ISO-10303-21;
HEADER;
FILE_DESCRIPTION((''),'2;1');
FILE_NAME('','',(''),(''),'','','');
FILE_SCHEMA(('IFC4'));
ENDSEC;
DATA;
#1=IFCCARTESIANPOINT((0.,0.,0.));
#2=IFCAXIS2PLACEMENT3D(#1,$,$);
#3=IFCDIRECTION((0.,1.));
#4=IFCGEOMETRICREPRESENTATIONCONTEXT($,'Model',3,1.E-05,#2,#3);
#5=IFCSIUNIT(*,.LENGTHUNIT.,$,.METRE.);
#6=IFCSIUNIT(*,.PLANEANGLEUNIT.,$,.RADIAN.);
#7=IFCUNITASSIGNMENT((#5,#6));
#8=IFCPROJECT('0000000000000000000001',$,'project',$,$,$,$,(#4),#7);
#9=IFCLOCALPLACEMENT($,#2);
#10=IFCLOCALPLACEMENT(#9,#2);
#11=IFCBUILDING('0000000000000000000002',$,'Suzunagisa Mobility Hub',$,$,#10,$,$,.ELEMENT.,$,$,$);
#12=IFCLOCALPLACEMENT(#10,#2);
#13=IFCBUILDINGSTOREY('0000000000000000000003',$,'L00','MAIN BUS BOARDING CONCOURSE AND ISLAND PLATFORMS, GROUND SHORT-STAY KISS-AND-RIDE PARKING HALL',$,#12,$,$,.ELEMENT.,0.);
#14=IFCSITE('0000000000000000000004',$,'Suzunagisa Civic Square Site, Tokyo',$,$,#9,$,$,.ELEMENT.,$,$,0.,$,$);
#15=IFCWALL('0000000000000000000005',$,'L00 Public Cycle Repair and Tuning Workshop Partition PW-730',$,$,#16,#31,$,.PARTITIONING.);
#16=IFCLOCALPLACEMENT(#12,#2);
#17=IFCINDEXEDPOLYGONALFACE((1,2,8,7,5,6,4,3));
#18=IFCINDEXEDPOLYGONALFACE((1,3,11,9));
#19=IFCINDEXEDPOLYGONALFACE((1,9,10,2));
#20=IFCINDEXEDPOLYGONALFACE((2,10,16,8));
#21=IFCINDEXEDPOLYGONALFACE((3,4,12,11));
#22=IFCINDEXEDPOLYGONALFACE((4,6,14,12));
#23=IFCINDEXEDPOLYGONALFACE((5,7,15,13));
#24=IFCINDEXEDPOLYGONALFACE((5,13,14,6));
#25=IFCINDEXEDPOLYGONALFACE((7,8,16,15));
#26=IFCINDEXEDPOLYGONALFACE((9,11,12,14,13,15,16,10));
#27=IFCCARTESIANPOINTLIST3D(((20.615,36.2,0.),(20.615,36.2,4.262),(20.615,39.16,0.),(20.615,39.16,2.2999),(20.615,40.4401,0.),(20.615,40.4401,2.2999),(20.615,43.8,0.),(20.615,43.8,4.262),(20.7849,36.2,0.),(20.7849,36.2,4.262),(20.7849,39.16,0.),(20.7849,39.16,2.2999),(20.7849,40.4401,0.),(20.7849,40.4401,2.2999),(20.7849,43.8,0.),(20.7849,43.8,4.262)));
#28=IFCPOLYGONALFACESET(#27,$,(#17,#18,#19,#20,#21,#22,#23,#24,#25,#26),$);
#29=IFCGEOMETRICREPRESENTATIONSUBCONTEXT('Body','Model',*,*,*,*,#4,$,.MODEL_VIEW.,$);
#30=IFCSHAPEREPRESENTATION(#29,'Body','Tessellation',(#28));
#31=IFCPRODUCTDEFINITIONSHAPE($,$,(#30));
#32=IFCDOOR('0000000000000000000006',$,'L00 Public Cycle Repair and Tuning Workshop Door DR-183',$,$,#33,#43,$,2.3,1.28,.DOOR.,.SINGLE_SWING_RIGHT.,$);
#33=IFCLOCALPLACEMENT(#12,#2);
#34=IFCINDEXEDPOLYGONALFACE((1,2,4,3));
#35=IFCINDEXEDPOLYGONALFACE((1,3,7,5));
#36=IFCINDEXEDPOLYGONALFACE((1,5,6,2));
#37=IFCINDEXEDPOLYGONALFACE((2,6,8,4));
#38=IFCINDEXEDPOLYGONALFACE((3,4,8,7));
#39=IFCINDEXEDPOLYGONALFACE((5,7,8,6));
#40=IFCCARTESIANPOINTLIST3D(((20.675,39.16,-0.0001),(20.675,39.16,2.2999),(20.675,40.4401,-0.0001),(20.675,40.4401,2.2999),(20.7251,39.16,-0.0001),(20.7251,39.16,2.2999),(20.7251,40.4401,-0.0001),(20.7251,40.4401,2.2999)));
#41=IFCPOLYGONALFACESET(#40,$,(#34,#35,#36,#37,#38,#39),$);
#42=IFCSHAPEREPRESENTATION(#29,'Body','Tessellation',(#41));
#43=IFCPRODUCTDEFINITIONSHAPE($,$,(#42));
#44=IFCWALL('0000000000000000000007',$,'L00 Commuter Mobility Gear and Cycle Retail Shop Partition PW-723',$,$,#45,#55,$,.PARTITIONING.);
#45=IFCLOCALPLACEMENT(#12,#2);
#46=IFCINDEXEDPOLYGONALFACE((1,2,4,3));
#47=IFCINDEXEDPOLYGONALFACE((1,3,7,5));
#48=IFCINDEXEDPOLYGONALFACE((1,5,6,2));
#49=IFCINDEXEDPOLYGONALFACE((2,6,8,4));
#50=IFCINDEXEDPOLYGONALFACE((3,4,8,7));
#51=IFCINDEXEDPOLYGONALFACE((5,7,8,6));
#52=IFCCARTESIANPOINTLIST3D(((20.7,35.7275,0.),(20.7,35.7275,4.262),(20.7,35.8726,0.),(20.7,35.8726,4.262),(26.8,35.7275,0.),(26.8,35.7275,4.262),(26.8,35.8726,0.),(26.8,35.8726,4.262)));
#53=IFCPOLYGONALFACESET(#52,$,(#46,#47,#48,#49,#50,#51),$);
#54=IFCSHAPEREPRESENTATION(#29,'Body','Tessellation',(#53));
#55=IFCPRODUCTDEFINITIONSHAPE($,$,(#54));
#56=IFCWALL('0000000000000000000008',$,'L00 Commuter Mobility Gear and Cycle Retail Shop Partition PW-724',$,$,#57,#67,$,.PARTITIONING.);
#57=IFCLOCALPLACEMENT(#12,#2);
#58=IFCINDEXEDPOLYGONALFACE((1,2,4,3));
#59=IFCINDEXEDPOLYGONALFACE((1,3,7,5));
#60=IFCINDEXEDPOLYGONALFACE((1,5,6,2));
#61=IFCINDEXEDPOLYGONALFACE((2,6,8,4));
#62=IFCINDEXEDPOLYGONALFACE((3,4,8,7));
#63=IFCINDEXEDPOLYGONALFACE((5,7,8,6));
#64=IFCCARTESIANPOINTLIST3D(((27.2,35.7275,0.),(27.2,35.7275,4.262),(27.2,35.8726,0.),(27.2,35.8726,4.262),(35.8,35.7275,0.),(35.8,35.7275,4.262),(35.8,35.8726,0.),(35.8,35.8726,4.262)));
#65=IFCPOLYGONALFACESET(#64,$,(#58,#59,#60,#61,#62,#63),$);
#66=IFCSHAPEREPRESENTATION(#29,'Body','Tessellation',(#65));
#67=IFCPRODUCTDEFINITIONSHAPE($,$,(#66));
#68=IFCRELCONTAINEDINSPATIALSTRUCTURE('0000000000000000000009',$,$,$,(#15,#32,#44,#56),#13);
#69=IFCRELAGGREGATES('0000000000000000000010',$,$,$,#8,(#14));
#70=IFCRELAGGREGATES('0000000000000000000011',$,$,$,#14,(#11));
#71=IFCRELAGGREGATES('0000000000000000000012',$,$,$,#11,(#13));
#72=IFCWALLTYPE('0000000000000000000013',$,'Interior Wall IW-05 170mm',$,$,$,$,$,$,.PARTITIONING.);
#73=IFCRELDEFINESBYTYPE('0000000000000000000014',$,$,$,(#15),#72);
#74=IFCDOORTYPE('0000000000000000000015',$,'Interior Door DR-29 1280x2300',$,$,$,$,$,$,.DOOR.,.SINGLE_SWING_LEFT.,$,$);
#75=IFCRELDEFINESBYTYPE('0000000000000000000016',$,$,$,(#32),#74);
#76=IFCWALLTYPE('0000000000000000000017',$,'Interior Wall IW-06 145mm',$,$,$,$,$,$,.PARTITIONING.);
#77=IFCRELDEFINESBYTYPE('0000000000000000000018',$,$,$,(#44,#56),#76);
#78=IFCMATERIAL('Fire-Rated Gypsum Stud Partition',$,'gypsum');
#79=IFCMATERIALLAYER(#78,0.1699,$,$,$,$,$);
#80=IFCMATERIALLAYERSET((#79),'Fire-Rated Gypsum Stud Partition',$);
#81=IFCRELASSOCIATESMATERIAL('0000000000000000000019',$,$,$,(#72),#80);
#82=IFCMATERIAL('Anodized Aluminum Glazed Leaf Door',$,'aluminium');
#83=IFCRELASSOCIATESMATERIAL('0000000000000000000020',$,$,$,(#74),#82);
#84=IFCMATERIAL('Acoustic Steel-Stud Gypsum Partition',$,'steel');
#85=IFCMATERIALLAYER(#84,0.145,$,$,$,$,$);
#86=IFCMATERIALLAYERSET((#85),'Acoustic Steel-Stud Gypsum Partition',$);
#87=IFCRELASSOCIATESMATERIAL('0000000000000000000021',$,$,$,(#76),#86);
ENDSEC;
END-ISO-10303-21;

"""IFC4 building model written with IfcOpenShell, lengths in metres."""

from ifc_helpers import new_model, si_unit, direction, frame, frame_2d, origin, place, context, subcontext, project, spatial, rectangle, extrude, material, layer, layer_set, type_object, element, fill, save


model = new_model("IFC4")

# Units and contexts
model_context = context("Model", 3, precision=1e-05, world=origin(), true_north=direction((0.0, 1.0)))
body_context = subcontext(model_context, "Body", "Model", "MODEL_VIEW")
ifc_project = project(units=[si_unit("LENGTHUNIT", "METRE"), si_unit("PLANEANGLEUNIT", "RADIAN")], contexts=[model_context])

# Site, building, storey
site_placement = place(None, origin())
site = spatial("IfcSite", under=ifc_project, at=site_placement, Name="Suzunagisa Civic Square Site, Tokyo", CompositionType="ELEMENT", RefElevation=0.0)
building_placement = place(site_placement, origin())
building = spatial("IfcBuilding", under=site, at=building_placement, Name="Suzunagisa Mobility Hub", CompositionType="ELEMENT")
storey_placement = place(building_placement, origin())
storey = spatial("IfcBuildingStorey", under=building, at=storey_placement, Name="L00", Description="MAIN BUS BOARDING CONCOURSE AND ISLAND PLATFORMS, GROUND SHORT-STAY KISS-AND-RIDE PARKING HALL", CompositionType="ELEMENT", Elevation=0.0)

# Shared definitions
ifc_material_1 = material(Name="Fire-Rated Gypsum Stud Partition", Category="gypsum")
ifc_layer_1 = layer(ifc_material_1, 0.1699)
ifc_layer_set_1 = layer_set([ifc_layer_1], Name="Fire-Rated Gypsum Stud Partition")
wall_type_1 = type_object("IfcWallType", Name="Interior Wall IW-05 170mm", PredefinedType="PARTITIONING", material=ifc_layer_set_1)

# Wall, opening, door
wall_1_placement = place(storey_placement, frame((20.7, 36.2, 0.0), z_axis=(0.0, 0.0, 1.0), x_axis=(0.0, 1.0, 0.0)))
wall_1 = element("IfcWall", 1, at=wall_1_placement, inside=storey, type_object=wall_type_1, Name="L00 Public Cycle Repair and Tuning Workshop Partition PW-730", PredefinedType="PARTITIONING", context=body_context, shape_type="SweptSolid", body=[
    extrude(rectangle(XDim=7.6001, YDim=0.1699, at=frame_2d((3.8, 0.0))), origin(), (0.0, 0.0, 1.0), 4.262),
])
opening_1_placement = place(wall_1_placement, frame((2.96, 0.0, 0.0)))
opening_1 = element("IfcOpeningElement", 2, at=opening_1_placement, cuts=wall_1, PredefinedType="OPENING", context=body_context, shape_type="SweptSolid", body=[
    extrude(rectangle(XDim=1.28, YDim=2.3, at=frame_2d((0.6401, 1.1499))), frame((0.0, 0.0959, 0.0), z_axis=(0.0, -1.0, 0.0), x_axis=(1.0, 0.0, 0.0)), (0.0, 0.0, 1.0), 0.1919),
])
ifc_material_2 = material(Name="Anodized Aluminum Glazed Leaf Door", Category="aluminium")
door_type = type_object("IfcDoorType", Name="Interior Door DR-29 1280x2300", OperationType="SINGLE_SWING_LEFT", PredefinedType="DOOR", material=ifc_material_2)
door_placement = place(opening_1_placement, origin())
door = element("IfcDoor", 3, at=door_placement, inside=storey, type_object=door_type, Name="L00 Public Cycle Repair and Tuning Workshop Door DR-183", OperationType="SINGLE_SWING_RIGHT", OverallHeight=2.3, OverallWidth=1.28, PredefinedType="DOOR", context=body_context, shape_type="SweptSolid", body=[
    extrude(rectangle(XDim=1.28, YDim=2.3, at=frame_2d((0.6401, 1.1499))), frame((0.0, 0.0249, 0.0), z_axis=(0.0, -1.0, 0.0), x_axis=(1.0, 0.0, 0.0)), (0.0, 0.0, 1.0), 0.05),
])
fill(opening_1, door)

# Walls
ifc_material_3 = material(Name="Acoustic Steel-Stud Gypsum Partition", Category="steel")
ifc_layer_2 = layer(ifc_material_3, 0.145)
ifc_layer_set_2 = layer_set([ifc_layer_2], Name="Acoustic Steel-Stud Gypsum Partition")
wall_type_2 = type_object("IfcWallType", Name="Interior Wall IW-06 145mm", PredefinedType="PARTITIONING", material=ifc_layer_set_2)
wall_2_placement = place(storey_placement, frame((20.7, 35.8, 0.0), z_axis=(0.0, 0.0, 1.0), x_axis=(1.0, 0.0, 0.0)))
element("IfcWall", 4, at=wall_2_placement, inside=storey, type_object=wall_type_2, Name="L00 Commuter Mobility Gear and Cycle Retail Shop Partition PW-723", PredefinedType="PARTITIONING", context=body_context, shape_type="SweptSolid", body=[
    extrude(rectangle(XDim=6.1001, YDim=0.145, at=frame_2d((3.05, 0.0))), origin(), (0.0, 0.0, 1.0), 4.262),
])
wall_3_placement = place(storey_placement, frame((27.2, 35.8, 0.0), z_axis=(0.0, 0.0, 1.0), x_axis=(1.0, 0.0, 0.0)))
element("IfcWall", 5, at=wall_3_placement, inside=storey, type_object=wall_type_2, Name="L00 Commuter Mobility Gear and Cycle Retail Shop Partition PW-724", PredefinedType="PARTITIONING", context=body_context, shape_type="SweptSolid", body=[
    extrude(rectangle(XDim=8.6001, YDim=0.145, at=frame_2d((4.3, 0.0))), origin(), (0.0, 0.0, 1.0), 4.262),
])

save(model, "model.ifc")
